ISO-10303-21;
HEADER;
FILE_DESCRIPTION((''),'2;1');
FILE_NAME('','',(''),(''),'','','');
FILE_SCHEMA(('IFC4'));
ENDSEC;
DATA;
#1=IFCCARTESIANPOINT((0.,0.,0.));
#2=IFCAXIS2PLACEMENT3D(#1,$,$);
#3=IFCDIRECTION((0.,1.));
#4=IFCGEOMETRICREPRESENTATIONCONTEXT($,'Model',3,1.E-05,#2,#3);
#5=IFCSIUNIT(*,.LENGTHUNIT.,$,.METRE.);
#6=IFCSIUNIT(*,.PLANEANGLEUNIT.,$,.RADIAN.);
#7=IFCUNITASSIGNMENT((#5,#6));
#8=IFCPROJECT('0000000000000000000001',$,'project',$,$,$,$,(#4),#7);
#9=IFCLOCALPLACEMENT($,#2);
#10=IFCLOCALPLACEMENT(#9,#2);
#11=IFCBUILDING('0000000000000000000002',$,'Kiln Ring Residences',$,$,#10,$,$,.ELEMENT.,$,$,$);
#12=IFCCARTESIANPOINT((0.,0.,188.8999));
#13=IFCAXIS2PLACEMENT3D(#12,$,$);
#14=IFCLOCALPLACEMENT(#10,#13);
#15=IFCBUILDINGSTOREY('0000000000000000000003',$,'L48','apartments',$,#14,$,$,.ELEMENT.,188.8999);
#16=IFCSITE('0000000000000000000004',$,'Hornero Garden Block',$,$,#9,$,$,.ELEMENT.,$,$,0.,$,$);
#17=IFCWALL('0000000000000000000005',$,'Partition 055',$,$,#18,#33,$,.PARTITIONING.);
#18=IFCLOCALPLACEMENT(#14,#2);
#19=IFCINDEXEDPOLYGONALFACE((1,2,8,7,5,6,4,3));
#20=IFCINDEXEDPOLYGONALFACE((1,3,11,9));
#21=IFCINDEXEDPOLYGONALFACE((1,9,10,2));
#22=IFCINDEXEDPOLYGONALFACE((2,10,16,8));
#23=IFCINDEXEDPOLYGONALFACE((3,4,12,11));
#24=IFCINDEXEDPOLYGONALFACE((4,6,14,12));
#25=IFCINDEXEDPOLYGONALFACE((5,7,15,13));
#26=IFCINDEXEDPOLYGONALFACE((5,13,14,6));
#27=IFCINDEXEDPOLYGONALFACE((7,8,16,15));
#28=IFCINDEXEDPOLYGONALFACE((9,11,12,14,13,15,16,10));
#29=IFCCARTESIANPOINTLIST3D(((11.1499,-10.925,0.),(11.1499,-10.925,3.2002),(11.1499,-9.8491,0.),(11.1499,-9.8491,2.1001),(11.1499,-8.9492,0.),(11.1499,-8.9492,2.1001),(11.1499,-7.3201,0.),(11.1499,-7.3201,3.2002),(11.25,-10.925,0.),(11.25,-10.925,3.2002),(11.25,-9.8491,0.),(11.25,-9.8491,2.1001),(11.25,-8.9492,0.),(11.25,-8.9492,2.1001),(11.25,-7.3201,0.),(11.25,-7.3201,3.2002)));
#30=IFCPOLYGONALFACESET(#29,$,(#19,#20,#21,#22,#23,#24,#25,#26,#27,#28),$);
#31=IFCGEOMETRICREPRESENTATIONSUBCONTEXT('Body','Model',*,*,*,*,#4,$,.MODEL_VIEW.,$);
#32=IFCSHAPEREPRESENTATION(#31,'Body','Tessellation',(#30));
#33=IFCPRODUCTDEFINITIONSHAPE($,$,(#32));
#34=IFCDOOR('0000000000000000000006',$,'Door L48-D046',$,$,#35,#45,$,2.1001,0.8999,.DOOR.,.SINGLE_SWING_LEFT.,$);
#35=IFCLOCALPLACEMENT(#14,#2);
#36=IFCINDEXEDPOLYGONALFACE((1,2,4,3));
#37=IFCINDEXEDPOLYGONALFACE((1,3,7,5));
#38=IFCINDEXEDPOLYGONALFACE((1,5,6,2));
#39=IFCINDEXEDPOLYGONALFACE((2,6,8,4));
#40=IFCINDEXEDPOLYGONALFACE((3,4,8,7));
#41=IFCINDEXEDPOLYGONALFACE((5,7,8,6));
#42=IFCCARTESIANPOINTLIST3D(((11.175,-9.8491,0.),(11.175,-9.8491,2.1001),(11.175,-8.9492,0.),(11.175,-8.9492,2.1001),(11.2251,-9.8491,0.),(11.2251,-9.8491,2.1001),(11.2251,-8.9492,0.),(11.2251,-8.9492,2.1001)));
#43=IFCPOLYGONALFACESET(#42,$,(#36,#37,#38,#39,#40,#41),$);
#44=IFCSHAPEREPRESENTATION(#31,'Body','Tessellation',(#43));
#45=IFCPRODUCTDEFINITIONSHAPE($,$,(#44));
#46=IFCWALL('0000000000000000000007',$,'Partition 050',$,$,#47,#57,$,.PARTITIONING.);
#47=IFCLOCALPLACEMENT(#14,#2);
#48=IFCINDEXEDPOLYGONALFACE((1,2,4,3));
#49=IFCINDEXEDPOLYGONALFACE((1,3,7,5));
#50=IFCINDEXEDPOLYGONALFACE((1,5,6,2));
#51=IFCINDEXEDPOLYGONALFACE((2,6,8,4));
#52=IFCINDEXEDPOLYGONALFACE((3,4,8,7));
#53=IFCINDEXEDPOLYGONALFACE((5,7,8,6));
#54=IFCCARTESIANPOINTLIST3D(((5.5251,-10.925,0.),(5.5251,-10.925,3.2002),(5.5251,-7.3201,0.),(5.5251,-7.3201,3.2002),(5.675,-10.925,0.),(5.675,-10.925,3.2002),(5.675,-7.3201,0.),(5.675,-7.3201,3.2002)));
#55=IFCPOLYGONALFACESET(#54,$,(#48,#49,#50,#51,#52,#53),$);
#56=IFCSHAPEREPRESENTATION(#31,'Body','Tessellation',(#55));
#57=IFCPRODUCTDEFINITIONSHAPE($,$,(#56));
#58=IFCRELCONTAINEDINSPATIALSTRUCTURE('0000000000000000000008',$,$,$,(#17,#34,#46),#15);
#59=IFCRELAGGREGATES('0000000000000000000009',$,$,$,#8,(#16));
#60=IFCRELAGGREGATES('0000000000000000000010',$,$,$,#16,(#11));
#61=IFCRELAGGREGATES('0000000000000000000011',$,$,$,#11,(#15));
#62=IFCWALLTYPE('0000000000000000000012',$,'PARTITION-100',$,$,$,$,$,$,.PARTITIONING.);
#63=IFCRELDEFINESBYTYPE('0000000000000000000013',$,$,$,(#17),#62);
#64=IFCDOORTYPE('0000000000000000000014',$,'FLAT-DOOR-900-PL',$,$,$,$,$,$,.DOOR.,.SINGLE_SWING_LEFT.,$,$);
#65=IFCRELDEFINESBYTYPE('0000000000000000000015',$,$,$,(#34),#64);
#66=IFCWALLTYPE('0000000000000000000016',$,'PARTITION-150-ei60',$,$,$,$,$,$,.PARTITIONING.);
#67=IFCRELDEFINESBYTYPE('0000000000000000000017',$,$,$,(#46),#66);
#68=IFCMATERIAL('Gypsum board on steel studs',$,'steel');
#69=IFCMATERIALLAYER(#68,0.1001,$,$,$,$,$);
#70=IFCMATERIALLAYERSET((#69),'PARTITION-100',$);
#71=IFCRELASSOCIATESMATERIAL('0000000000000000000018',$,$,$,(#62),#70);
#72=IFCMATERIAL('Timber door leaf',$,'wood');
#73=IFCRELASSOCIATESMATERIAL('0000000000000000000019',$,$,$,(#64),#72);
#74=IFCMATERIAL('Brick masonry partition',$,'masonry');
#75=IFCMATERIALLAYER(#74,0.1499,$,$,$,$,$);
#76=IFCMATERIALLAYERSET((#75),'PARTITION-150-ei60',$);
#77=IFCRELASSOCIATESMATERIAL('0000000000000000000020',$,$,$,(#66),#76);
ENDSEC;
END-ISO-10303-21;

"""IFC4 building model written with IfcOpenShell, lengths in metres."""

from ifc_helpers import new_model, si_unit, direction, frame, frame_2d, origin, place, context, subcontext, project, spatial, rectangle, extrude, material, layer, layer_set, type_object, element, fill, save


model = new_model("IFC4")

# Units and contexts
model_context = context("Model", 3, precision=1e-05, world=origin(), true_north=direction((0.0, 1.0)))
body_context = subcontext(model_context, "Body", "Model", "MODEL_VIEW")
ifc_project = project(units=[si_unit("LENGTHUNIT", "METRE"), si_unit("PLANEANGLEUNIT", "RADIAN")], contexts=[model_context])

# Site, building, storey
site_placement = place(None, origin())
site = spatial("IfcSite", under=ifc_project, at=site_placement, Name="Hornero Garden Block", CompositionType="ELEMENT", RefElevation=0.0)
building_placement = place(site_placement, origin())
building = spatial("IfcBuilding", under=site, at=building_placement, Name="Kiln Ring Residences", CompositionType="ELEMENT")
storey_placement = place(building_placement, frame((0.0, 0.0, 188.8999)))
storey = spatial("IfcBuildingStorey", under=building, at=storey_placement, Name="L48", Description="apartments", CompositionType="ELEMENT", Elevation=188.8999)

# Wall, opening, door
ifc_material_1 = material(Name="Gypsum board on steel studs", Category="steel")
ifc_layer_1 = layer(ifc_material_1, 0.1001)
ifc_layer_set_1 = layer_set([ifc_layer_1], Name="PARTITION-100")
wall_type_1 = type_object("IfcWallType", Name="PARTITION-100", PredefinedType="PARTITIONING", material=ifc_layer_set_1)
wall_1_placement = place(storey_placement, frame((11.2, -10.925, 0.0), z_axis=(0.0, 0.0, 1.0), x_axis=(0.0, 1.0, 0.0)))
wall_1 = element("IfcWall", 1, at=wall_1_placement, inside=storey, type_object=wall_type_1, Name="Partition 055", PredefinedType="PARTITIONING", context=body_context, shape_type="SweptSolid", body=[
    extrude(rectangle(XDim=3.605, YDim=0.1001, at=frame_2d((1.8025, 0.0))), origin(), (0.0, 0.0, 1.0), 3.2002),
])
opening_1_placement = place(wall_1_placement, frame((1.0759, 0.0, 0.0)))
opening_1 = element("IfcOpeningElement", 2, at=opening_1_placement, cuts=wall_1, PredefinedType="OPENING", context=body_context, shape_type="SweptSolid", body=[
    extrude(rectangle(XDim=0.8999, YDim=2.1001, at=frame_2d((0.45, 1.05))), frame((0.0, 0.0601, 0.0), z_axis=(0.0, -1.0, 0.0), x_axis=(1.0, 0.0, 0.0)), (0.0, 0.0, 1.0), 0.1201),
])
ifc_material_2 = material(Name="Timber door leaf", Category="wood")
door_type_1 = type_object("IfcDoorType", Name="FLAT-DOOR-900-PL", OperationType="SINGLE_SWING_LEFT", PredefinedType="DOOR", material=ifc_material_2)
door_1_placement = place(opening_1_placement, origin())
door_1 = element("IfcDoor", 3, at=door_1_placement, inside=storey, type_object=door_type_1, Name="Door L48-D046", OperationType="SINGLE_SWING_LEFT", OverallHeight=2.1001, OverallWidth=0.8999, PredefinedType="DOOR", context=body_context, shape_type="SweptSolid", body=[
    extrude(rectangle(XDim=0.8999, YDim=2.1001, at=frame_2d((0.45, 1.05))), frame((0.0, 0.0249, 0.0), z_axis=(0.0, -1.0, 0.0), x_axis=(1.0, 0.0, 0.0)), (0.0, 0.0, 1.0), 0.05),
])
fill(opening_1, door_1)

# Wall
ifc_material_3 = material(Name="Brick masonry partition", Category="masonry")
ifc_layer_2 = layer(ifc_material_3, 0.1499)
ifc_layer_set_2 = layer_set([ifc_layer_2], Name="PARTITION-150-ei60")
wall_type_2 = type_object("IfcWallType", Name="PARTITION-150-ei60", PredefinedType="PARTITIONING", material=ifc_layer_set_2)
wall_2_placement = place(storey_placement, frame((5.6001, -10.925, 0.0), z_axis=(0.0, 0.0, 1.0), x_axis=(0.0, 1.0, 0.0)))
element("IfcWall", 4, at=wall_2_placement, inside=storey, type_object=wall_type_2, Name="Partition 050", PredefinedType="PARTITIONING", context=body_context, shape_type="SweptSolid", body=[
    extrude(rectangle(XDim=3.605, YDim=0.1499, at=frame_2d((1.8025, 0.0))), origin(), (0.0, 0.0, 1.0), 3.2002),
])

save(model, "model.ifc")
